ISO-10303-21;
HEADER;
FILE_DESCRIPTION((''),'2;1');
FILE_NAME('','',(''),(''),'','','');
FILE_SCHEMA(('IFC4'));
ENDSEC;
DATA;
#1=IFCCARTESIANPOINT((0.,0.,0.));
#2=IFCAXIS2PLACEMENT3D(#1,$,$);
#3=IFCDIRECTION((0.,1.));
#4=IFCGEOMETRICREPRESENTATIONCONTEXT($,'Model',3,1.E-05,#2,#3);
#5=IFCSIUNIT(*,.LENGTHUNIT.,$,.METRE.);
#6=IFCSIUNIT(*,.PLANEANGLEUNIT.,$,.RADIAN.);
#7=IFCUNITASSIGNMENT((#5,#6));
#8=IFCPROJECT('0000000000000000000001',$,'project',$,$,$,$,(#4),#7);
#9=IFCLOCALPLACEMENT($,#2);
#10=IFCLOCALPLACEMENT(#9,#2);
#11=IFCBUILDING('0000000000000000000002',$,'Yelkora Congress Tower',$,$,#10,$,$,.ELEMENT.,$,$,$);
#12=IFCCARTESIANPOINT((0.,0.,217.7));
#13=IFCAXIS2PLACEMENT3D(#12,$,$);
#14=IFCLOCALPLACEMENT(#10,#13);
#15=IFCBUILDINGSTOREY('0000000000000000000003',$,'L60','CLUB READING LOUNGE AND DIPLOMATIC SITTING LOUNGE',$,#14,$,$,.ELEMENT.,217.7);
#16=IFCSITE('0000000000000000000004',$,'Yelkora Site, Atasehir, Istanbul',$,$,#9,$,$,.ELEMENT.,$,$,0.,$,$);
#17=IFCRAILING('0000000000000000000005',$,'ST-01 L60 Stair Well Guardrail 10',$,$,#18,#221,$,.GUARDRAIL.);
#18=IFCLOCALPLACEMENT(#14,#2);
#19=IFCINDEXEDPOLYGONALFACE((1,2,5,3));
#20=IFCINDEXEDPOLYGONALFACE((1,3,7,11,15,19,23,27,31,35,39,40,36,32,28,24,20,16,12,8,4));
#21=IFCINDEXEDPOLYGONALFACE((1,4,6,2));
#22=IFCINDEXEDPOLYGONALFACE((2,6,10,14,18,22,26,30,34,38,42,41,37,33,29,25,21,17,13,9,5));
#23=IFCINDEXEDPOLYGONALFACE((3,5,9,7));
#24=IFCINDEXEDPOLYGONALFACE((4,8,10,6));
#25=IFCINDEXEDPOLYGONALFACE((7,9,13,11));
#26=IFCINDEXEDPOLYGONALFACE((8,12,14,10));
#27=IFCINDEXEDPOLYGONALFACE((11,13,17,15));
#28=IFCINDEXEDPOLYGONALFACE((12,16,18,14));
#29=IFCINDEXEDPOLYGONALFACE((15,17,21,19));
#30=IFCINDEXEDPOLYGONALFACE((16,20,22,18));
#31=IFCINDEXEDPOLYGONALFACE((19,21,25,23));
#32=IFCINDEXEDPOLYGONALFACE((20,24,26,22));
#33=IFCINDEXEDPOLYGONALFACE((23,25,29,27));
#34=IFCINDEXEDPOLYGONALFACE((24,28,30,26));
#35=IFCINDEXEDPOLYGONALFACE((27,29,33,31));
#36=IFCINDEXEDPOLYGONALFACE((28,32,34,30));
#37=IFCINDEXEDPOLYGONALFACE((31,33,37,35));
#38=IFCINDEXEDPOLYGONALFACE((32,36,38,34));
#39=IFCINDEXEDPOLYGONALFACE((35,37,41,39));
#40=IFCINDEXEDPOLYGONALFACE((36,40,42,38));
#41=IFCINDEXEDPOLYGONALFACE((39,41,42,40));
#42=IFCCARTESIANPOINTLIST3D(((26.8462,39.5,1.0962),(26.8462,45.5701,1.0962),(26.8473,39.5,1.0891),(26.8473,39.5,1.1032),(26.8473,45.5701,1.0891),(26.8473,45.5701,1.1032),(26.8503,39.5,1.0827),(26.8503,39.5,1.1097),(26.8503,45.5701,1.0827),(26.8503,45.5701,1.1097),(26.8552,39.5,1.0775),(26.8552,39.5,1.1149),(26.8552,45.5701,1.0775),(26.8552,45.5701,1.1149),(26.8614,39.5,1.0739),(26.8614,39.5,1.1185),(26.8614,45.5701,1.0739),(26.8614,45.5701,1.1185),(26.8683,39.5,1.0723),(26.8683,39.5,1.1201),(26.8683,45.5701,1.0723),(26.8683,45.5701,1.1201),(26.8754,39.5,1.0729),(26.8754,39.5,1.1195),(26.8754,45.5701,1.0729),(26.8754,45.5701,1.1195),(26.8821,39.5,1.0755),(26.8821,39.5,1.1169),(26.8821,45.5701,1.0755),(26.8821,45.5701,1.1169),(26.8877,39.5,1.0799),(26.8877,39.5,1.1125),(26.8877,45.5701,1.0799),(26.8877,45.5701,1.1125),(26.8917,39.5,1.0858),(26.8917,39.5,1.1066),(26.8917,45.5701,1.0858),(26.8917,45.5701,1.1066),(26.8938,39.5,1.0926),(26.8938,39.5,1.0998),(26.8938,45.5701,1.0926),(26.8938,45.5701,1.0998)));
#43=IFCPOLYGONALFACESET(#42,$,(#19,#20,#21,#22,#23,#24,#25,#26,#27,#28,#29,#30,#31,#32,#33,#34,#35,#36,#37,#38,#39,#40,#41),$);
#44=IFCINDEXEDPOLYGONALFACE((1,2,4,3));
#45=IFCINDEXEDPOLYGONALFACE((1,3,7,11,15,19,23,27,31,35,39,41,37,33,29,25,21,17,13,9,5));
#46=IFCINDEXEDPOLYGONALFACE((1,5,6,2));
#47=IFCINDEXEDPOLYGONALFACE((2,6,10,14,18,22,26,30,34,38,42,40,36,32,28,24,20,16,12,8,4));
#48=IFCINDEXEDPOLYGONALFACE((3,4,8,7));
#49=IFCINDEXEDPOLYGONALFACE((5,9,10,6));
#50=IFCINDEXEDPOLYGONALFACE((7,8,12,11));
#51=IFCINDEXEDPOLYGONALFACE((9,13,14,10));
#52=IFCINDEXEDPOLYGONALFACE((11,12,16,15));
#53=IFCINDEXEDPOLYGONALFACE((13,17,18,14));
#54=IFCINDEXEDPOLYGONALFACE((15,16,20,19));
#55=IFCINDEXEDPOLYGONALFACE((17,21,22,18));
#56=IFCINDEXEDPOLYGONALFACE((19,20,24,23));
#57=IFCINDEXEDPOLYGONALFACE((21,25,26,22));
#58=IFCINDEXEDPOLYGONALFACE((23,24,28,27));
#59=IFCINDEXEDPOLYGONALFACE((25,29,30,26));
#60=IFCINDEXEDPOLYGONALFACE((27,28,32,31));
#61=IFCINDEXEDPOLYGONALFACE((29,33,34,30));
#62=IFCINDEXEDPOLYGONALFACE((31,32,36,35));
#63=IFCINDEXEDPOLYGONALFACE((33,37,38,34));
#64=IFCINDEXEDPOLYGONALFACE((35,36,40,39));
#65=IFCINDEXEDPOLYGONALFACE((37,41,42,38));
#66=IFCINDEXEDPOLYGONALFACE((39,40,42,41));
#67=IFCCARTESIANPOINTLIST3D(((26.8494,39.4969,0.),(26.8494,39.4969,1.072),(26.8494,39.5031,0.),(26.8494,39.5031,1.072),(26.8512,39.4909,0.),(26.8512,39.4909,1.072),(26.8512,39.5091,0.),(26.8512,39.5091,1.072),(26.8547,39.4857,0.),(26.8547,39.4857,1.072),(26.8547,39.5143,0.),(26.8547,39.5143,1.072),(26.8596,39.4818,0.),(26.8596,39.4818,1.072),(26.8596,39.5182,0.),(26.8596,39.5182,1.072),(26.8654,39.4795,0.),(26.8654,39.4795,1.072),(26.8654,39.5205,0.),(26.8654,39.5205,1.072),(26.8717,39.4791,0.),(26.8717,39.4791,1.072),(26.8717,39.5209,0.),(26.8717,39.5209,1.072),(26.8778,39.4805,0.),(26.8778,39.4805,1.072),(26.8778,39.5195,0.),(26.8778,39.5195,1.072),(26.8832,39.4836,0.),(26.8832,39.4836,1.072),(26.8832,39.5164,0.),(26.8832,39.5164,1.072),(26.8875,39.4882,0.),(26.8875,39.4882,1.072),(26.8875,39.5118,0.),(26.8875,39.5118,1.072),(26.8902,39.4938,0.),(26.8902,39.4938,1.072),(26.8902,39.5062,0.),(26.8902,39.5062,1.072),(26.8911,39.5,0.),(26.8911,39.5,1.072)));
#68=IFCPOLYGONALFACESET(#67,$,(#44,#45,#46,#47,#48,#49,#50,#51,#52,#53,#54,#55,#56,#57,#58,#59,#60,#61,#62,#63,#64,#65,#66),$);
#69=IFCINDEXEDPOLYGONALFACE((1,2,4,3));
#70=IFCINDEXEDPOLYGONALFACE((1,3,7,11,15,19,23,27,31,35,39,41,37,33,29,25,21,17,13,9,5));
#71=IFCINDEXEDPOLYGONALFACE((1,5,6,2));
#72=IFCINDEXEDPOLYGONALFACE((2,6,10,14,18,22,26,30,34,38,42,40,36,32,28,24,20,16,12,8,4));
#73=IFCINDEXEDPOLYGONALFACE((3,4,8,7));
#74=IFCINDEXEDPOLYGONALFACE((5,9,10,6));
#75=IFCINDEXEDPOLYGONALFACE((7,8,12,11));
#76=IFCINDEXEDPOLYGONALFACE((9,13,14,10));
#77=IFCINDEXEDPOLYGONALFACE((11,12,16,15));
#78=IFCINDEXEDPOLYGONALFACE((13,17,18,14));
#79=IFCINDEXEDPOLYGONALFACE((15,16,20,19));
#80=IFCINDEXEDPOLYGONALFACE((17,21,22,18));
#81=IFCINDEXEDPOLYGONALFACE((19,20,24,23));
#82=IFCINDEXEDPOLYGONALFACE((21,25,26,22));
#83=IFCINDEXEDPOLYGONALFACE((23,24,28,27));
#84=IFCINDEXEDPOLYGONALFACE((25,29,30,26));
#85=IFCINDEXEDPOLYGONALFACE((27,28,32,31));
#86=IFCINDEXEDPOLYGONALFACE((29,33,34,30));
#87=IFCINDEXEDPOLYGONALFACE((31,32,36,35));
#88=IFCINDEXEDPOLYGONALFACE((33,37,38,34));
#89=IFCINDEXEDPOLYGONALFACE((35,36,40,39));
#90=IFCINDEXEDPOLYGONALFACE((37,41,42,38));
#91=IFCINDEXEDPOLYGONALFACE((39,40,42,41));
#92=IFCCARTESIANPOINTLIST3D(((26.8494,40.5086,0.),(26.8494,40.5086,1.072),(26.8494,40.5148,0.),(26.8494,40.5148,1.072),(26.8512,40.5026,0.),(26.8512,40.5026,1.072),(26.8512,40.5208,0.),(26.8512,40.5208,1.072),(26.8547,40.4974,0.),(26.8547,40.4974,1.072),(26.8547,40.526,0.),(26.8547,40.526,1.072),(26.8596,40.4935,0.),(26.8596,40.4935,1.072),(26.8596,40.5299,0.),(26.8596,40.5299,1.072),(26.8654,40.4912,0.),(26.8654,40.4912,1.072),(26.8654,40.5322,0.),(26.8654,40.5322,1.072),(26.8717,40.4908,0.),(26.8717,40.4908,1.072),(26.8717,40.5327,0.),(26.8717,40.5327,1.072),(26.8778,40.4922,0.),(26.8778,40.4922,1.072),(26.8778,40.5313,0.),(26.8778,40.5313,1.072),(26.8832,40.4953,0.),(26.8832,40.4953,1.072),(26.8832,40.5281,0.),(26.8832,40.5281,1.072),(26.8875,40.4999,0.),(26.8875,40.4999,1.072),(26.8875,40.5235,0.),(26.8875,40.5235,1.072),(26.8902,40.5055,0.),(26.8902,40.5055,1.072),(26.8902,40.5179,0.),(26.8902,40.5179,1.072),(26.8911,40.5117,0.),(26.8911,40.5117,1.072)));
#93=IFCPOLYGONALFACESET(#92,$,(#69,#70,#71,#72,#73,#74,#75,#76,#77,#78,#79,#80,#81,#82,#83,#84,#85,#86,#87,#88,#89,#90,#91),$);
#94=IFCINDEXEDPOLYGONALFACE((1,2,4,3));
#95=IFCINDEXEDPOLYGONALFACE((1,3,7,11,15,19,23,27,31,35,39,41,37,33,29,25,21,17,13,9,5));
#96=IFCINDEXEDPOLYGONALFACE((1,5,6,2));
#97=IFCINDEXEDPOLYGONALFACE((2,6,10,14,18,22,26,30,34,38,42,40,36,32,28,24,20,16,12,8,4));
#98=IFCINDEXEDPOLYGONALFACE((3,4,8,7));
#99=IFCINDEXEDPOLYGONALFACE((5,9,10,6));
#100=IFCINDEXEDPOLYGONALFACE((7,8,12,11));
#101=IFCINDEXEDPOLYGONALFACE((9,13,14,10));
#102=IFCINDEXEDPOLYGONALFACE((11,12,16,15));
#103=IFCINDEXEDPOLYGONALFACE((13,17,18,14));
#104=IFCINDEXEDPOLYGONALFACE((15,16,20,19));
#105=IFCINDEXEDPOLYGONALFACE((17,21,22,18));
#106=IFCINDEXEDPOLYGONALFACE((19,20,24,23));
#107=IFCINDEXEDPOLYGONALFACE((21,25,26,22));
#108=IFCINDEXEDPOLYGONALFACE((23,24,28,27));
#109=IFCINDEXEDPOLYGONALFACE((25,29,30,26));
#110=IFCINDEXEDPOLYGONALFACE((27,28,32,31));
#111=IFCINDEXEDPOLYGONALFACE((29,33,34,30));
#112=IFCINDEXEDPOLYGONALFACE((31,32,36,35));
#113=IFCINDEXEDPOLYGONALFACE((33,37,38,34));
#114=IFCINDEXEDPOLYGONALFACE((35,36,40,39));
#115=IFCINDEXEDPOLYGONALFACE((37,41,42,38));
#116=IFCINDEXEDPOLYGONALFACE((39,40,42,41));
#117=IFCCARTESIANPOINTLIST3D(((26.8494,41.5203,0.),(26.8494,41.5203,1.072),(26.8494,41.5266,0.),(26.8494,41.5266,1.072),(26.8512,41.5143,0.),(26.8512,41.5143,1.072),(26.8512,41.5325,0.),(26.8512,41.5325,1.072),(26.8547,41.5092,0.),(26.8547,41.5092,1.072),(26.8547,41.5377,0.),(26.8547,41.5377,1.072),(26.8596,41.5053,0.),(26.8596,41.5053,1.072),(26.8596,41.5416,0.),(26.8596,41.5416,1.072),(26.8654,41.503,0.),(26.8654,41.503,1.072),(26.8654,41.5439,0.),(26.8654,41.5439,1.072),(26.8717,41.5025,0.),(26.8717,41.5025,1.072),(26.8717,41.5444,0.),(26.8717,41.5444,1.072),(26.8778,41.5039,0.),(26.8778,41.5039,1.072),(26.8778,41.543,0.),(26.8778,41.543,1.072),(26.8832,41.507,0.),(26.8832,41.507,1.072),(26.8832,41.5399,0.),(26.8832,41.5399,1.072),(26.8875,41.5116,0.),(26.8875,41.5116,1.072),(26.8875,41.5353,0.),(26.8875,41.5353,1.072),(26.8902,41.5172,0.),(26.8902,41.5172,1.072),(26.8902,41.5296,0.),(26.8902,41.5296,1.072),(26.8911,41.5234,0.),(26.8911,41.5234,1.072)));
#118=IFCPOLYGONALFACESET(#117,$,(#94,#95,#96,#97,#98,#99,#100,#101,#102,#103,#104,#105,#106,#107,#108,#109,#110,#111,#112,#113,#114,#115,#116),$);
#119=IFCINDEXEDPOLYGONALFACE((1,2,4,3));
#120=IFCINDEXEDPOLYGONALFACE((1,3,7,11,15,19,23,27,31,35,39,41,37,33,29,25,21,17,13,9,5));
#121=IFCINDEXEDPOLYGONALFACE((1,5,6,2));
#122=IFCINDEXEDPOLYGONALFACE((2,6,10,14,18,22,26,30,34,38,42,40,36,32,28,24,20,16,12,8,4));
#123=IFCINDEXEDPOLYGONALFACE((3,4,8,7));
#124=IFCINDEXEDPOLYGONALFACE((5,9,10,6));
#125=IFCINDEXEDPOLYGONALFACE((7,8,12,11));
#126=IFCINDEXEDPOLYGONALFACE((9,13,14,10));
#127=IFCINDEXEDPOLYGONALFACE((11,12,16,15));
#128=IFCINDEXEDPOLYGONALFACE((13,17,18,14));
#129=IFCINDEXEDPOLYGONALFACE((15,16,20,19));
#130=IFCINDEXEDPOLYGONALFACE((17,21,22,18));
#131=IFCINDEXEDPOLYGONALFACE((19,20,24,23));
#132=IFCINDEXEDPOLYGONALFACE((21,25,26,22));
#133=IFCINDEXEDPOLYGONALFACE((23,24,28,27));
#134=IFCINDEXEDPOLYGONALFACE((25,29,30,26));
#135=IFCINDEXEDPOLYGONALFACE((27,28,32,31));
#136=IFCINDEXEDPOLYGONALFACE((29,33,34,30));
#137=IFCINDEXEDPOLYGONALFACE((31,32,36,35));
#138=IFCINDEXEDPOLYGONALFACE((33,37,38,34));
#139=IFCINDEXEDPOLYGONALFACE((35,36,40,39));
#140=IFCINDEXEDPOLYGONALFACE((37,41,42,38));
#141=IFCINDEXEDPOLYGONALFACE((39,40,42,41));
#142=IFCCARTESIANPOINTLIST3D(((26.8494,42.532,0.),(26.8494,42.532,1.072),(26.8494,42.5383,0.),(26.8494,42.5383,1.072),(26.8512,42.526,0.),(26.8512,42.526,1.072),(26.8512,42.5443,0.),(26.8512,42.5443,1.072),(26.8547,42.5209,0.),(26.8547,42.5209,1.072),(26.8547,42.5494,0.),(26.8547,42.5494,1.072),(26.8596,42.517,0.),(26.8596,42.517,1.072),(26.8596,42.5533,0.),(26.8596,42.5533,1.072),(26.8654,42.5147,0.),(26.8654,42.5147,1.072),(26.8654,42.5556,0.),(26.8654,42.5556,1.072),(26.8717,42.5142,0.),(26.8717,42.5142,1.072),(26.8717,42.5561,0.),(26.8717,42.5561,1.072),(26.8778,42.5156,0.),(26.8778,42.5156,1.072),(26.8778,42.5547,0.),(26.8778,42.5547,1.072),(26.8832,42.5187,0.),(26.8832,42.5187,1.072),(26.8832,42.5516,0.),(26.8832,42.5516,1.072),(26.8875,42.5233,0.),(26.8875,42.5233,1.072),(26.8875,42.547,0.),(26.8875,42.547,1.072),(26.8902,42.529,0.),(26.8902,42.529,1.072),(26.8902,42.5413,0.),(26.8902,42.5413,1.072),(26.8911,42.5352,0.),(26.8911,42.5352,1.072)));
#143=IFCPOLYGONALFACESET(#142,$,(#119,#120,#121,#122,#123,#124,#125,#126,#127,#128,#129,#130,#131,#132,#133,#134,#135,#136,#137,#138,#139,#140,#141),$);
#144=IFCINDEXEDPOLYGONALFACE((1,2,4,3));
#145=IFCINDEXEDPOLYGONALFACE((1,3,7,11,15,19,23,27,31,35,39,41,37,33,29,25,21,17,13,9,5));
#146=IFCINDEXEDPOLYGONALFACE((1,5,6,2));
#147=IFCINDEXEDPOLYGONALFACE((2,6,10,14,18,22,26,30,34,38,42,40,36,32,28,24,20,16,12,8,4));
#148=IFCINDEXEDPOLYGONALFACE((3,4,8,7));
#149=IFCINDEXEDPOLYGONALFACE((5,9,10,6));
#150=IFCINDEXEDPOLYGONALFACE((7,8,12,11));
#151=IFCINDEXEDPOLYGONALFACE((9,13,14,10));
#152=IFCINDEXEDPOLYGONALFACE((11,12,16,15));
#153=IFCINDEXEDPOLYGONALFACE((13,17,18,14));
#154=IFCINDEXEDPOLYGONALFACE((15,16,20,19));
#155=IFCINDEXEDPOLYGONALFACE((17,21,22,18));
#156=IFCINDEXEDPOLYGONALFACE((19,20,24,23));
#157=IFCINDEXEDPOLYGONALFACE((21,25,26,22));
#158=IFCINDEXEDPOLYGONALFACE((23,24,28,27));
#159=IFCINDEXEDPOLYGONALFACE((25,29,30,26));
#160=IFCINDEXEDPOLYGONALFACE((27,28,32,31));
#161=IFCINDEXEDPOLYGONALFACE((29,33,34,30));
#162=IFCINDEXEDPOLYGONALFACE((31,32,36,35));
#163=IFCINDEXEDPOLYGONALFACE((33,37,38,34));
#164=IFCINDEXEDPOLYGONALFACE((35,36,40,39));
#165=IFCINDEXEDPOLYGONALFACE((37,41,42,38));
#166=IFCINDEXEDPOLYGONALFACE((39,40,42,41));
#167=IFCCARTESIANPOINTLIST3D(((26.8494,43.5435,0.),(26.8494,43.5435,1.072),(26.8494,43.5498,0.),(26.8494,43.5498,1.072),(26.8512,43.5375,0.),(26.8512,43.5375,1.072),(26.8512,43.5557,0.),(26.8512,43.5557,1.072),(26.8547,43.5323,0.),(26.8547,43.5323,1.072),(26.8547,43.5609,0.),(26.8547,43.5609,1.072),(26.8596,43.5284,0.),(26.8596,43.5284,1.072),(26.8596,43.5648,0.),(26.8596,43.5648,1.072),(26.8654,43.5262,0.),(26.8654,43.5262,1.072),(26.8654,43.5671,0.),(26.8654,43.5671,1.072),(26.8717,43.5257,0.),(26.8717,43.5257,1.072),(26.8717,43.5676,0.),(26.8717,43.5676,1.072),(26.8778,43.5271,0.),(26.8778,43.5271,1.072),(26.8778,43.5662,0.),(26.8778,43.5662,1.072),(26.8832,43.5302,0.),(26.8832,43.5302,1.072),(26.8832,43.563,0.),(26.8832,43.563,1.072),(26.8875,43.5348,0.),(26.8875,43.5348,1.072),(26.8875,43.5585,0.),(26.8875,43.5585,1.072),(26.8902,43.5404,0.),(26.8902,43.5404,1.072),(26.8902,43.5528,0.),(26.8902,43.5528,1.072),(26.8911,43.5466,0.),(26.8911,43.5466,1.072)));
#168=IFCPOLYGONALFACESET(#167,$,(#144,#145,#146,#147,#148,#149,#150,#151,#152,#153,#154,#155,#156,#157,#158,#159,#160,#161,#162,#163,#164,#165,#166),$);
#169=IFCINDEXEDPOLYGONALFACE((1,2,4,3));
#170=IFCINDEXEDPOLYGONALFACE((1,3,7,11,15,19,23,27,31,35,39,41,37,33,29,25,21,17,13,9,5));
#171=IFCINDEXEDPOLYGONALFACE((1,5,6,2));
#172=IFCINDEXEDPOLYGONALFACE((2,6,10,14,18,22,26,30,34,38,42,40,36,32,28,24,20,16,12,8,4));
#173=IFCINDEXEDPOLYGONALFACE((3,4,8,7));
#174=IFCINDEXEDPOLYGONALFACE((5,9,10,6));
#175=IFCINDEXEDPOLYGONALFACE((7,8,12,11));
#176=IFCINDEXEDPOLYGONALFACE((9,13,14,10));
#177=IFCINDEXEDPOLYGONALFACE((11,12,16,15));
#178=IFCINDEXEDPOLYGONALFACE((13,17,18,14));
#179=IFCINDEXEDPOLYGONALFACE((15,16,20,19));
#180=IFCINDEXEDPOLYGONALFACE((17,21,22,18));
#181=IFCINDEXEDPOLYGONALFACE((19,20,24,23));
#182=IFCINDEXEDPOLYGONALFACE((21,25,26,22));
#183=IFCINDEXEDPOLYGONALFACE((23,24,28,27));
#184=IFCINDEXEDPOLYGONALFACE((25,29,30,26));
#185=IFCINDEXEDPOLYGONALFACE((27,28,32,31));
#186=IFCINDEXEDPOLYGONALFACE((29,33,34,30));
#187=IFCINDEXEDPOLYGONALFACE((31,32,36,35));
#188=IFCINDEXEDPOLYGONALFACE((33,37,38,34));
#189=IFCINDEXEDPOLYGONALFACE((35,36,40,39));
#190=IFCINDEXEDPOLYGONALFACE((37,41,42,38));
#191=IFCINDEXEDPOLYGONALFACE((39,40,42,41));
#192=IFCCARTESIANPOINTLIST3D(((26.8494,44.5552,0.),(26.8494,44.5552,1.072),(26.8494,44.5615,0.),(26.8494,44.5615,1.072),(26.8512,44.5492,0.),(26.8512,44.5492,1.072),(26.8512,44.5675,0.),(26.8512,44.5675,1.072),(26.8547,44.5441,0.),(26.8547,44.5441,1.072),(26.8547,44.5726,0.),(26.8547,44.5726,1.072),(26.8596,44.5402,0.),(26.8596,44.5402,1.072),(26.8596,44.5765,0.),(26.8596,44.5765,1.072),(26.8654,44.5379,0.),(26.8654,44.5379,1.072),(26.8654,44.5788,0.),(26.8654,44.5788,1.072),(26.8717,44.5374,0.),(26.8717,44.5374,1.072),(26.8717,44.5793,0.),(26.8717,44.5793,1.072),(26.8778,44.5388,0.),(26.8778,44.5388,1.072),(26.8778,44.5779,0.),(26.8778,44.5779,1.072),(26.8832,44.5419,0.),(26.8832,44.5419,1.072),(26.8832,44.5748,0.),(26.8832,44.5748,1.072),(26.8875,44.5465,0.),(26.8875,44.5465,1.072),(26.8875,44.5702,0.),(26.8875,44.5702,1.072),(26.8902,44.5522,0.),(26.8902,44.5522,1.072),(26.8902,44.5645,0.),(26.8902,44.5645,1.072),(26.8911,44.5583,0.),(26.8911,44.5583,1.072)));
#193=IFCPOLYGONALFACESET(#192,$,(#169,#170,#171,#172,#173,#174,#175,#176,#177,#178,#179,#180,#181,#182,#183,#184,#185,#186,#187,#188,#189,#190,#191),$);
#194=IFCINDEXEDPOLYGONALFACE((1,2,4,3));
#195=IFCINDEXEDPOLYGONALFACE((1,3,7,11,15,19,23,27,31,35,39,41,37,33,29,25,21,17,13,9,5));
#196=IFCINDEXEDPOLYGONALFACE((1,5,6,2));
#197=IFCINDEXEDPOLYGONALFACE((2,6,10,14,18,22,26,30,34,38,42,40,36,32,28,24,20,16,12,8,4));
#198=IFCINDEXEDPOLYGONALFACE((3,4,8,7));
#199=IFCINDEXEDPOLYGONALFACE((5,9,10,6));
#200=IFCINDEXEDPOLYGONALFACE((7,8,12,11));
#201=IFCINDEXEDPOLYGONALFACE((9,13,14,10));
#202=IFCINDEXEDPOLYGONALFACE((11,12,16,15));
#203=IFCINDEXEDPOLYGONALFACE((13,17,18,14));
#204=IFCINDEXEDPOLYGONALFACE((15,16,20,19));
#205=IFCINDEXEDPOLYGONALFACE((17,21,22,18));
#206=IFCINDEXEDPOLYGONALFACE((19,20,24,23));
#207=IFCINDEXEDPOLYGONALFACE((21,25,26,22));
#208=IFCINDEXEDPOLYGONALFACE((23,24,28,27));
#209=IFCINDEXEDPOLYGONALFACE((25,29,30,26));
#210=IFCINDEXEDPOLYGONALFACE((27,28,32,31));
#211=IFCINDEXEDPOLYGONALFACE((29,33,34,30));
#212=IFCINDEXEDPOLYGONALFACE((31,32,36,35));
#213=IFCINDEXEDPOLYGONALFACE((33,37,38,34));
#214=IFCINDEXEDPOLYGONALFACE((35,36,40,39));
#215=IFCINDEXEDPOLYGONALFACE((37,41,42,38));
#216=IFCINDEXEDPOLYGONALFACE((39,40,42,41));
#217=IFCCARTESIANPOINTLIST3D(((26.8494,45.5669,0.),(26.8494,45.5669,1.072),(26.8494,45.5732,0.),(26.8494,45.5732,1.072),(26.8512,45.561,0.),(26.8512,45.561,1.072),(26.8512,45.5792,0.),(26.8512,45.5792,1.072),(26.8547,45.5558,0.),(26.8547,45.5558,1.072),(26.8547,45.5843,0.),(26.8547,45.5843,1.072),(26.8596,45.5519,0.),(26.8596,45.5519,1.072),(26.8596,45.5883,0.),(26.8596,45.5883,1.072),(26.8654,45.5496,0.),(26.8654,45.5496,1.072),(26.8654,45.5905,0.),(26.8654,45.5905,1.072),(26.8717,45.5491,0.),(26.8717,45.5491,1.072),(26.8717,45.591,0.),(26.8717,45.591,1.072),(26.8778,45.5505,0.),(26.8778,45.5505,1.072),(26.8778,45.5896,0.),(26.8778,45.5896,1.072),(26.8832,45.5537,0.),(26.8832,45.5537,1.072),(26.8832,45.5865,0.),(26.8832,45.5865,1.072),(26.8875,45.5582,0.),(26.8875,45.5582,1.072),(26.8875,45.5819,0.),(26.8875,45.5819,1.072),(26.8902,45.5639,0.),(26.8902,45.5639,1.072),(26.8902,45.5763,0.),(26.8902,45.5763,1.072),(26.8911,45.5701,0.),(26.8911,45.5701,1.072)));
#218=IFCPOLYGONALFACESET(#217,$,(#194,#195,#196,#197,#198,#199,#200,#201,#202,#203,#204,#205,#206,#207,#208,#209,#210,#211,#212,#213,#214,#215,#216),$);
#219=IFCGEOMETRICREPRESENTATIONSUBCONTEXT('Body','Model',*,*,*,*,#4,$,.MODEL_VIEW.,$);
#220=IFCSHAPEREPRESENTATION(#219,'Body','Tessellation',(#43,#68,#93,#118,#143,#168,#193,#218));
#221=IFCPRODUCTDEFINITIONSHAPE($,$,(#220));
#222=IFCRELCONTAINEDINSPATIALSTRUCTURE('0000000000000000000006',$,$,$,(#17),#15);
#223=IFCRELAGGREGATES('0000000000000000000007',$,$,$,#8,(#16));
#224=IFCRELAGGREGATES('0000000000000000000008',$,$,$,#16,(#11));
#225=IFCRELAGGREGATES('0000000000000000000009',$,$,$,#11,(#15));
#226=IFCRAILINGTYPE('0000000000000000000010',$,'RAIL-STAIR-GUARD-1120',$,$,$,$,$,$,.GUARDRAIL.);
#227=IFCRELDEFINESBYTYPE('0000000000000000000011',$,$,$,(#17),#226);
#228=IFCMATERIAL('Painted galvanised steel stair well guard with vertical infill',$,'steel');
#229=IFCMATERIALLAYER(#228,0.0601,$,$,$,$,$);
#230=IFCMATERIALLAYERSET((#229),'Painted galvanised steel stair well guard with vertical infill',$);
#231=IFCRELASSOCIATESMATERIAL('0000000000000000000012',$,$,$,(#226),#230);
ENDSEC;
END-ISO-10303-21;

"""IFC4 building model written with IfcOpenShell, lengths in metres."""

from ifc_helpers import new_model, si_unit, direction, frame, origin, origin_2d, place, context, subcontext, project, spatial, circle, extrude, material, layer, layer_set, type_object, element, save


model = new_model("IFC4")

# Units and contexts
model_context = context("Model", 3, precision=1e-05, world=origin(), true_north=direction((0.0, 1.0)))
body_context = subcontext(model_context, "Body", "Model", "MODEL_VIEW")
ifc_project = project(units=[si_unit("LENGTHUNIT", "METRE"), si_unit("PLANEANGLEUNIT", "RADIAN")], contexts=[model_context])

# Site, building, storey
site_placement = place(None, origin())
site = spatial("IfcSite", under=ifc_project, at=site_placement, Name="Yelkora Site, Atasehir, Istanbul", CompositionType="ELEMENT", RefElevation=0.0)
building_placement = place(site_placement, origin())
building = spatial("IfcBuilding", under=site, at=building_placement, Name="Yelkora Congress Tower", CompositionType="ELEMENT")
storey_placement = place(building_placement, frame((0.0, 0.0, 217.7)))
storey = spatial("IfcBuildingStorey", under=building, at=storey_placement, Name="L60", Description="CLUB READING LOUNGE AND DIPLOMATIC SITTING LOUNGE", CompositionType="ELEMENT", Elevation=217.7)

# Railing
ifc_material_1 = material(Name="Painted galvanised steel stair well guard with vertical infill", Category="steel")
ifc_layer_1 = layer(ifc_material_1, 0.0601)
ifc_layer_set_1 = layer_set([ifc_layer_1], Name="Painted galvanised steel stair well guard with vertical infill")
railing_type_1 = type_object("IfcRailingType", Name="RAIL-STAIR-GUARD-1120", PredefinedType="GUARDRAIL", material=ifc_layer_set_1)
railing_1_placement = place(storey_placement, frame((26.8701, 39.5, 0.0)))
element("IfcRailing", 1, at=railing_1_placement, inside=storey, type_object=railing_type_1, Name="ST-01 L60 Stair Well Guardrail 10", PredefinedType="GUARDRAIL", context=body_context, shape_type="SweptSolid", body=[
    extrude(circle(Radius=0.0239, at=origin_2d()), frame((0.0, 0.0, 1.0962), z_axis=(0.0, 1.0, 0.0), x_axis=(-1.0, 0.0, 0.0)), (0.0, 0.0, 1.0), 6.0701),
    extrude(circle(Radius=0.021, at=origin_2d()), origin(), (0.0, 0.0, 1.0), 1.072),
    extrude(circle(Radius=0.021, at=origin_2d()), frame((0.0, 1.0117, 0.0)), (0.0, 0.0, 1.0), 1.072),
    extrude(circle(Radius=0.021, at=origin_2d()), frame((0.0, 2.0234, 0.0)), (0.0, 0.0, 1.0), 1.072),
    extrude(circle(Radius=0.021, at=origin_2d()), frame((0.0, 3.0352, 0.0)), (0.0, 0.0, 1.0), 1.072),
    extrude(circle(Radius=0.021, at=origin_2d()), frame((0.0, 4.0466, 0.0)), (0.0, 0.0, 1.0), 1.072),
    extrude(circle(Radius=0.021, at=origin_2d()), frame((0.0, 5.0583, 0.0)), (0.0, 0.0, 1.0), 1.072),
    extrude(circle(Radius=0.021, at=origin_2d()), frame((0.0, 6.0701, 0.0)), (0.0, 0.0, 1.0), 1.072),
])

save(model, "model.ifc")
